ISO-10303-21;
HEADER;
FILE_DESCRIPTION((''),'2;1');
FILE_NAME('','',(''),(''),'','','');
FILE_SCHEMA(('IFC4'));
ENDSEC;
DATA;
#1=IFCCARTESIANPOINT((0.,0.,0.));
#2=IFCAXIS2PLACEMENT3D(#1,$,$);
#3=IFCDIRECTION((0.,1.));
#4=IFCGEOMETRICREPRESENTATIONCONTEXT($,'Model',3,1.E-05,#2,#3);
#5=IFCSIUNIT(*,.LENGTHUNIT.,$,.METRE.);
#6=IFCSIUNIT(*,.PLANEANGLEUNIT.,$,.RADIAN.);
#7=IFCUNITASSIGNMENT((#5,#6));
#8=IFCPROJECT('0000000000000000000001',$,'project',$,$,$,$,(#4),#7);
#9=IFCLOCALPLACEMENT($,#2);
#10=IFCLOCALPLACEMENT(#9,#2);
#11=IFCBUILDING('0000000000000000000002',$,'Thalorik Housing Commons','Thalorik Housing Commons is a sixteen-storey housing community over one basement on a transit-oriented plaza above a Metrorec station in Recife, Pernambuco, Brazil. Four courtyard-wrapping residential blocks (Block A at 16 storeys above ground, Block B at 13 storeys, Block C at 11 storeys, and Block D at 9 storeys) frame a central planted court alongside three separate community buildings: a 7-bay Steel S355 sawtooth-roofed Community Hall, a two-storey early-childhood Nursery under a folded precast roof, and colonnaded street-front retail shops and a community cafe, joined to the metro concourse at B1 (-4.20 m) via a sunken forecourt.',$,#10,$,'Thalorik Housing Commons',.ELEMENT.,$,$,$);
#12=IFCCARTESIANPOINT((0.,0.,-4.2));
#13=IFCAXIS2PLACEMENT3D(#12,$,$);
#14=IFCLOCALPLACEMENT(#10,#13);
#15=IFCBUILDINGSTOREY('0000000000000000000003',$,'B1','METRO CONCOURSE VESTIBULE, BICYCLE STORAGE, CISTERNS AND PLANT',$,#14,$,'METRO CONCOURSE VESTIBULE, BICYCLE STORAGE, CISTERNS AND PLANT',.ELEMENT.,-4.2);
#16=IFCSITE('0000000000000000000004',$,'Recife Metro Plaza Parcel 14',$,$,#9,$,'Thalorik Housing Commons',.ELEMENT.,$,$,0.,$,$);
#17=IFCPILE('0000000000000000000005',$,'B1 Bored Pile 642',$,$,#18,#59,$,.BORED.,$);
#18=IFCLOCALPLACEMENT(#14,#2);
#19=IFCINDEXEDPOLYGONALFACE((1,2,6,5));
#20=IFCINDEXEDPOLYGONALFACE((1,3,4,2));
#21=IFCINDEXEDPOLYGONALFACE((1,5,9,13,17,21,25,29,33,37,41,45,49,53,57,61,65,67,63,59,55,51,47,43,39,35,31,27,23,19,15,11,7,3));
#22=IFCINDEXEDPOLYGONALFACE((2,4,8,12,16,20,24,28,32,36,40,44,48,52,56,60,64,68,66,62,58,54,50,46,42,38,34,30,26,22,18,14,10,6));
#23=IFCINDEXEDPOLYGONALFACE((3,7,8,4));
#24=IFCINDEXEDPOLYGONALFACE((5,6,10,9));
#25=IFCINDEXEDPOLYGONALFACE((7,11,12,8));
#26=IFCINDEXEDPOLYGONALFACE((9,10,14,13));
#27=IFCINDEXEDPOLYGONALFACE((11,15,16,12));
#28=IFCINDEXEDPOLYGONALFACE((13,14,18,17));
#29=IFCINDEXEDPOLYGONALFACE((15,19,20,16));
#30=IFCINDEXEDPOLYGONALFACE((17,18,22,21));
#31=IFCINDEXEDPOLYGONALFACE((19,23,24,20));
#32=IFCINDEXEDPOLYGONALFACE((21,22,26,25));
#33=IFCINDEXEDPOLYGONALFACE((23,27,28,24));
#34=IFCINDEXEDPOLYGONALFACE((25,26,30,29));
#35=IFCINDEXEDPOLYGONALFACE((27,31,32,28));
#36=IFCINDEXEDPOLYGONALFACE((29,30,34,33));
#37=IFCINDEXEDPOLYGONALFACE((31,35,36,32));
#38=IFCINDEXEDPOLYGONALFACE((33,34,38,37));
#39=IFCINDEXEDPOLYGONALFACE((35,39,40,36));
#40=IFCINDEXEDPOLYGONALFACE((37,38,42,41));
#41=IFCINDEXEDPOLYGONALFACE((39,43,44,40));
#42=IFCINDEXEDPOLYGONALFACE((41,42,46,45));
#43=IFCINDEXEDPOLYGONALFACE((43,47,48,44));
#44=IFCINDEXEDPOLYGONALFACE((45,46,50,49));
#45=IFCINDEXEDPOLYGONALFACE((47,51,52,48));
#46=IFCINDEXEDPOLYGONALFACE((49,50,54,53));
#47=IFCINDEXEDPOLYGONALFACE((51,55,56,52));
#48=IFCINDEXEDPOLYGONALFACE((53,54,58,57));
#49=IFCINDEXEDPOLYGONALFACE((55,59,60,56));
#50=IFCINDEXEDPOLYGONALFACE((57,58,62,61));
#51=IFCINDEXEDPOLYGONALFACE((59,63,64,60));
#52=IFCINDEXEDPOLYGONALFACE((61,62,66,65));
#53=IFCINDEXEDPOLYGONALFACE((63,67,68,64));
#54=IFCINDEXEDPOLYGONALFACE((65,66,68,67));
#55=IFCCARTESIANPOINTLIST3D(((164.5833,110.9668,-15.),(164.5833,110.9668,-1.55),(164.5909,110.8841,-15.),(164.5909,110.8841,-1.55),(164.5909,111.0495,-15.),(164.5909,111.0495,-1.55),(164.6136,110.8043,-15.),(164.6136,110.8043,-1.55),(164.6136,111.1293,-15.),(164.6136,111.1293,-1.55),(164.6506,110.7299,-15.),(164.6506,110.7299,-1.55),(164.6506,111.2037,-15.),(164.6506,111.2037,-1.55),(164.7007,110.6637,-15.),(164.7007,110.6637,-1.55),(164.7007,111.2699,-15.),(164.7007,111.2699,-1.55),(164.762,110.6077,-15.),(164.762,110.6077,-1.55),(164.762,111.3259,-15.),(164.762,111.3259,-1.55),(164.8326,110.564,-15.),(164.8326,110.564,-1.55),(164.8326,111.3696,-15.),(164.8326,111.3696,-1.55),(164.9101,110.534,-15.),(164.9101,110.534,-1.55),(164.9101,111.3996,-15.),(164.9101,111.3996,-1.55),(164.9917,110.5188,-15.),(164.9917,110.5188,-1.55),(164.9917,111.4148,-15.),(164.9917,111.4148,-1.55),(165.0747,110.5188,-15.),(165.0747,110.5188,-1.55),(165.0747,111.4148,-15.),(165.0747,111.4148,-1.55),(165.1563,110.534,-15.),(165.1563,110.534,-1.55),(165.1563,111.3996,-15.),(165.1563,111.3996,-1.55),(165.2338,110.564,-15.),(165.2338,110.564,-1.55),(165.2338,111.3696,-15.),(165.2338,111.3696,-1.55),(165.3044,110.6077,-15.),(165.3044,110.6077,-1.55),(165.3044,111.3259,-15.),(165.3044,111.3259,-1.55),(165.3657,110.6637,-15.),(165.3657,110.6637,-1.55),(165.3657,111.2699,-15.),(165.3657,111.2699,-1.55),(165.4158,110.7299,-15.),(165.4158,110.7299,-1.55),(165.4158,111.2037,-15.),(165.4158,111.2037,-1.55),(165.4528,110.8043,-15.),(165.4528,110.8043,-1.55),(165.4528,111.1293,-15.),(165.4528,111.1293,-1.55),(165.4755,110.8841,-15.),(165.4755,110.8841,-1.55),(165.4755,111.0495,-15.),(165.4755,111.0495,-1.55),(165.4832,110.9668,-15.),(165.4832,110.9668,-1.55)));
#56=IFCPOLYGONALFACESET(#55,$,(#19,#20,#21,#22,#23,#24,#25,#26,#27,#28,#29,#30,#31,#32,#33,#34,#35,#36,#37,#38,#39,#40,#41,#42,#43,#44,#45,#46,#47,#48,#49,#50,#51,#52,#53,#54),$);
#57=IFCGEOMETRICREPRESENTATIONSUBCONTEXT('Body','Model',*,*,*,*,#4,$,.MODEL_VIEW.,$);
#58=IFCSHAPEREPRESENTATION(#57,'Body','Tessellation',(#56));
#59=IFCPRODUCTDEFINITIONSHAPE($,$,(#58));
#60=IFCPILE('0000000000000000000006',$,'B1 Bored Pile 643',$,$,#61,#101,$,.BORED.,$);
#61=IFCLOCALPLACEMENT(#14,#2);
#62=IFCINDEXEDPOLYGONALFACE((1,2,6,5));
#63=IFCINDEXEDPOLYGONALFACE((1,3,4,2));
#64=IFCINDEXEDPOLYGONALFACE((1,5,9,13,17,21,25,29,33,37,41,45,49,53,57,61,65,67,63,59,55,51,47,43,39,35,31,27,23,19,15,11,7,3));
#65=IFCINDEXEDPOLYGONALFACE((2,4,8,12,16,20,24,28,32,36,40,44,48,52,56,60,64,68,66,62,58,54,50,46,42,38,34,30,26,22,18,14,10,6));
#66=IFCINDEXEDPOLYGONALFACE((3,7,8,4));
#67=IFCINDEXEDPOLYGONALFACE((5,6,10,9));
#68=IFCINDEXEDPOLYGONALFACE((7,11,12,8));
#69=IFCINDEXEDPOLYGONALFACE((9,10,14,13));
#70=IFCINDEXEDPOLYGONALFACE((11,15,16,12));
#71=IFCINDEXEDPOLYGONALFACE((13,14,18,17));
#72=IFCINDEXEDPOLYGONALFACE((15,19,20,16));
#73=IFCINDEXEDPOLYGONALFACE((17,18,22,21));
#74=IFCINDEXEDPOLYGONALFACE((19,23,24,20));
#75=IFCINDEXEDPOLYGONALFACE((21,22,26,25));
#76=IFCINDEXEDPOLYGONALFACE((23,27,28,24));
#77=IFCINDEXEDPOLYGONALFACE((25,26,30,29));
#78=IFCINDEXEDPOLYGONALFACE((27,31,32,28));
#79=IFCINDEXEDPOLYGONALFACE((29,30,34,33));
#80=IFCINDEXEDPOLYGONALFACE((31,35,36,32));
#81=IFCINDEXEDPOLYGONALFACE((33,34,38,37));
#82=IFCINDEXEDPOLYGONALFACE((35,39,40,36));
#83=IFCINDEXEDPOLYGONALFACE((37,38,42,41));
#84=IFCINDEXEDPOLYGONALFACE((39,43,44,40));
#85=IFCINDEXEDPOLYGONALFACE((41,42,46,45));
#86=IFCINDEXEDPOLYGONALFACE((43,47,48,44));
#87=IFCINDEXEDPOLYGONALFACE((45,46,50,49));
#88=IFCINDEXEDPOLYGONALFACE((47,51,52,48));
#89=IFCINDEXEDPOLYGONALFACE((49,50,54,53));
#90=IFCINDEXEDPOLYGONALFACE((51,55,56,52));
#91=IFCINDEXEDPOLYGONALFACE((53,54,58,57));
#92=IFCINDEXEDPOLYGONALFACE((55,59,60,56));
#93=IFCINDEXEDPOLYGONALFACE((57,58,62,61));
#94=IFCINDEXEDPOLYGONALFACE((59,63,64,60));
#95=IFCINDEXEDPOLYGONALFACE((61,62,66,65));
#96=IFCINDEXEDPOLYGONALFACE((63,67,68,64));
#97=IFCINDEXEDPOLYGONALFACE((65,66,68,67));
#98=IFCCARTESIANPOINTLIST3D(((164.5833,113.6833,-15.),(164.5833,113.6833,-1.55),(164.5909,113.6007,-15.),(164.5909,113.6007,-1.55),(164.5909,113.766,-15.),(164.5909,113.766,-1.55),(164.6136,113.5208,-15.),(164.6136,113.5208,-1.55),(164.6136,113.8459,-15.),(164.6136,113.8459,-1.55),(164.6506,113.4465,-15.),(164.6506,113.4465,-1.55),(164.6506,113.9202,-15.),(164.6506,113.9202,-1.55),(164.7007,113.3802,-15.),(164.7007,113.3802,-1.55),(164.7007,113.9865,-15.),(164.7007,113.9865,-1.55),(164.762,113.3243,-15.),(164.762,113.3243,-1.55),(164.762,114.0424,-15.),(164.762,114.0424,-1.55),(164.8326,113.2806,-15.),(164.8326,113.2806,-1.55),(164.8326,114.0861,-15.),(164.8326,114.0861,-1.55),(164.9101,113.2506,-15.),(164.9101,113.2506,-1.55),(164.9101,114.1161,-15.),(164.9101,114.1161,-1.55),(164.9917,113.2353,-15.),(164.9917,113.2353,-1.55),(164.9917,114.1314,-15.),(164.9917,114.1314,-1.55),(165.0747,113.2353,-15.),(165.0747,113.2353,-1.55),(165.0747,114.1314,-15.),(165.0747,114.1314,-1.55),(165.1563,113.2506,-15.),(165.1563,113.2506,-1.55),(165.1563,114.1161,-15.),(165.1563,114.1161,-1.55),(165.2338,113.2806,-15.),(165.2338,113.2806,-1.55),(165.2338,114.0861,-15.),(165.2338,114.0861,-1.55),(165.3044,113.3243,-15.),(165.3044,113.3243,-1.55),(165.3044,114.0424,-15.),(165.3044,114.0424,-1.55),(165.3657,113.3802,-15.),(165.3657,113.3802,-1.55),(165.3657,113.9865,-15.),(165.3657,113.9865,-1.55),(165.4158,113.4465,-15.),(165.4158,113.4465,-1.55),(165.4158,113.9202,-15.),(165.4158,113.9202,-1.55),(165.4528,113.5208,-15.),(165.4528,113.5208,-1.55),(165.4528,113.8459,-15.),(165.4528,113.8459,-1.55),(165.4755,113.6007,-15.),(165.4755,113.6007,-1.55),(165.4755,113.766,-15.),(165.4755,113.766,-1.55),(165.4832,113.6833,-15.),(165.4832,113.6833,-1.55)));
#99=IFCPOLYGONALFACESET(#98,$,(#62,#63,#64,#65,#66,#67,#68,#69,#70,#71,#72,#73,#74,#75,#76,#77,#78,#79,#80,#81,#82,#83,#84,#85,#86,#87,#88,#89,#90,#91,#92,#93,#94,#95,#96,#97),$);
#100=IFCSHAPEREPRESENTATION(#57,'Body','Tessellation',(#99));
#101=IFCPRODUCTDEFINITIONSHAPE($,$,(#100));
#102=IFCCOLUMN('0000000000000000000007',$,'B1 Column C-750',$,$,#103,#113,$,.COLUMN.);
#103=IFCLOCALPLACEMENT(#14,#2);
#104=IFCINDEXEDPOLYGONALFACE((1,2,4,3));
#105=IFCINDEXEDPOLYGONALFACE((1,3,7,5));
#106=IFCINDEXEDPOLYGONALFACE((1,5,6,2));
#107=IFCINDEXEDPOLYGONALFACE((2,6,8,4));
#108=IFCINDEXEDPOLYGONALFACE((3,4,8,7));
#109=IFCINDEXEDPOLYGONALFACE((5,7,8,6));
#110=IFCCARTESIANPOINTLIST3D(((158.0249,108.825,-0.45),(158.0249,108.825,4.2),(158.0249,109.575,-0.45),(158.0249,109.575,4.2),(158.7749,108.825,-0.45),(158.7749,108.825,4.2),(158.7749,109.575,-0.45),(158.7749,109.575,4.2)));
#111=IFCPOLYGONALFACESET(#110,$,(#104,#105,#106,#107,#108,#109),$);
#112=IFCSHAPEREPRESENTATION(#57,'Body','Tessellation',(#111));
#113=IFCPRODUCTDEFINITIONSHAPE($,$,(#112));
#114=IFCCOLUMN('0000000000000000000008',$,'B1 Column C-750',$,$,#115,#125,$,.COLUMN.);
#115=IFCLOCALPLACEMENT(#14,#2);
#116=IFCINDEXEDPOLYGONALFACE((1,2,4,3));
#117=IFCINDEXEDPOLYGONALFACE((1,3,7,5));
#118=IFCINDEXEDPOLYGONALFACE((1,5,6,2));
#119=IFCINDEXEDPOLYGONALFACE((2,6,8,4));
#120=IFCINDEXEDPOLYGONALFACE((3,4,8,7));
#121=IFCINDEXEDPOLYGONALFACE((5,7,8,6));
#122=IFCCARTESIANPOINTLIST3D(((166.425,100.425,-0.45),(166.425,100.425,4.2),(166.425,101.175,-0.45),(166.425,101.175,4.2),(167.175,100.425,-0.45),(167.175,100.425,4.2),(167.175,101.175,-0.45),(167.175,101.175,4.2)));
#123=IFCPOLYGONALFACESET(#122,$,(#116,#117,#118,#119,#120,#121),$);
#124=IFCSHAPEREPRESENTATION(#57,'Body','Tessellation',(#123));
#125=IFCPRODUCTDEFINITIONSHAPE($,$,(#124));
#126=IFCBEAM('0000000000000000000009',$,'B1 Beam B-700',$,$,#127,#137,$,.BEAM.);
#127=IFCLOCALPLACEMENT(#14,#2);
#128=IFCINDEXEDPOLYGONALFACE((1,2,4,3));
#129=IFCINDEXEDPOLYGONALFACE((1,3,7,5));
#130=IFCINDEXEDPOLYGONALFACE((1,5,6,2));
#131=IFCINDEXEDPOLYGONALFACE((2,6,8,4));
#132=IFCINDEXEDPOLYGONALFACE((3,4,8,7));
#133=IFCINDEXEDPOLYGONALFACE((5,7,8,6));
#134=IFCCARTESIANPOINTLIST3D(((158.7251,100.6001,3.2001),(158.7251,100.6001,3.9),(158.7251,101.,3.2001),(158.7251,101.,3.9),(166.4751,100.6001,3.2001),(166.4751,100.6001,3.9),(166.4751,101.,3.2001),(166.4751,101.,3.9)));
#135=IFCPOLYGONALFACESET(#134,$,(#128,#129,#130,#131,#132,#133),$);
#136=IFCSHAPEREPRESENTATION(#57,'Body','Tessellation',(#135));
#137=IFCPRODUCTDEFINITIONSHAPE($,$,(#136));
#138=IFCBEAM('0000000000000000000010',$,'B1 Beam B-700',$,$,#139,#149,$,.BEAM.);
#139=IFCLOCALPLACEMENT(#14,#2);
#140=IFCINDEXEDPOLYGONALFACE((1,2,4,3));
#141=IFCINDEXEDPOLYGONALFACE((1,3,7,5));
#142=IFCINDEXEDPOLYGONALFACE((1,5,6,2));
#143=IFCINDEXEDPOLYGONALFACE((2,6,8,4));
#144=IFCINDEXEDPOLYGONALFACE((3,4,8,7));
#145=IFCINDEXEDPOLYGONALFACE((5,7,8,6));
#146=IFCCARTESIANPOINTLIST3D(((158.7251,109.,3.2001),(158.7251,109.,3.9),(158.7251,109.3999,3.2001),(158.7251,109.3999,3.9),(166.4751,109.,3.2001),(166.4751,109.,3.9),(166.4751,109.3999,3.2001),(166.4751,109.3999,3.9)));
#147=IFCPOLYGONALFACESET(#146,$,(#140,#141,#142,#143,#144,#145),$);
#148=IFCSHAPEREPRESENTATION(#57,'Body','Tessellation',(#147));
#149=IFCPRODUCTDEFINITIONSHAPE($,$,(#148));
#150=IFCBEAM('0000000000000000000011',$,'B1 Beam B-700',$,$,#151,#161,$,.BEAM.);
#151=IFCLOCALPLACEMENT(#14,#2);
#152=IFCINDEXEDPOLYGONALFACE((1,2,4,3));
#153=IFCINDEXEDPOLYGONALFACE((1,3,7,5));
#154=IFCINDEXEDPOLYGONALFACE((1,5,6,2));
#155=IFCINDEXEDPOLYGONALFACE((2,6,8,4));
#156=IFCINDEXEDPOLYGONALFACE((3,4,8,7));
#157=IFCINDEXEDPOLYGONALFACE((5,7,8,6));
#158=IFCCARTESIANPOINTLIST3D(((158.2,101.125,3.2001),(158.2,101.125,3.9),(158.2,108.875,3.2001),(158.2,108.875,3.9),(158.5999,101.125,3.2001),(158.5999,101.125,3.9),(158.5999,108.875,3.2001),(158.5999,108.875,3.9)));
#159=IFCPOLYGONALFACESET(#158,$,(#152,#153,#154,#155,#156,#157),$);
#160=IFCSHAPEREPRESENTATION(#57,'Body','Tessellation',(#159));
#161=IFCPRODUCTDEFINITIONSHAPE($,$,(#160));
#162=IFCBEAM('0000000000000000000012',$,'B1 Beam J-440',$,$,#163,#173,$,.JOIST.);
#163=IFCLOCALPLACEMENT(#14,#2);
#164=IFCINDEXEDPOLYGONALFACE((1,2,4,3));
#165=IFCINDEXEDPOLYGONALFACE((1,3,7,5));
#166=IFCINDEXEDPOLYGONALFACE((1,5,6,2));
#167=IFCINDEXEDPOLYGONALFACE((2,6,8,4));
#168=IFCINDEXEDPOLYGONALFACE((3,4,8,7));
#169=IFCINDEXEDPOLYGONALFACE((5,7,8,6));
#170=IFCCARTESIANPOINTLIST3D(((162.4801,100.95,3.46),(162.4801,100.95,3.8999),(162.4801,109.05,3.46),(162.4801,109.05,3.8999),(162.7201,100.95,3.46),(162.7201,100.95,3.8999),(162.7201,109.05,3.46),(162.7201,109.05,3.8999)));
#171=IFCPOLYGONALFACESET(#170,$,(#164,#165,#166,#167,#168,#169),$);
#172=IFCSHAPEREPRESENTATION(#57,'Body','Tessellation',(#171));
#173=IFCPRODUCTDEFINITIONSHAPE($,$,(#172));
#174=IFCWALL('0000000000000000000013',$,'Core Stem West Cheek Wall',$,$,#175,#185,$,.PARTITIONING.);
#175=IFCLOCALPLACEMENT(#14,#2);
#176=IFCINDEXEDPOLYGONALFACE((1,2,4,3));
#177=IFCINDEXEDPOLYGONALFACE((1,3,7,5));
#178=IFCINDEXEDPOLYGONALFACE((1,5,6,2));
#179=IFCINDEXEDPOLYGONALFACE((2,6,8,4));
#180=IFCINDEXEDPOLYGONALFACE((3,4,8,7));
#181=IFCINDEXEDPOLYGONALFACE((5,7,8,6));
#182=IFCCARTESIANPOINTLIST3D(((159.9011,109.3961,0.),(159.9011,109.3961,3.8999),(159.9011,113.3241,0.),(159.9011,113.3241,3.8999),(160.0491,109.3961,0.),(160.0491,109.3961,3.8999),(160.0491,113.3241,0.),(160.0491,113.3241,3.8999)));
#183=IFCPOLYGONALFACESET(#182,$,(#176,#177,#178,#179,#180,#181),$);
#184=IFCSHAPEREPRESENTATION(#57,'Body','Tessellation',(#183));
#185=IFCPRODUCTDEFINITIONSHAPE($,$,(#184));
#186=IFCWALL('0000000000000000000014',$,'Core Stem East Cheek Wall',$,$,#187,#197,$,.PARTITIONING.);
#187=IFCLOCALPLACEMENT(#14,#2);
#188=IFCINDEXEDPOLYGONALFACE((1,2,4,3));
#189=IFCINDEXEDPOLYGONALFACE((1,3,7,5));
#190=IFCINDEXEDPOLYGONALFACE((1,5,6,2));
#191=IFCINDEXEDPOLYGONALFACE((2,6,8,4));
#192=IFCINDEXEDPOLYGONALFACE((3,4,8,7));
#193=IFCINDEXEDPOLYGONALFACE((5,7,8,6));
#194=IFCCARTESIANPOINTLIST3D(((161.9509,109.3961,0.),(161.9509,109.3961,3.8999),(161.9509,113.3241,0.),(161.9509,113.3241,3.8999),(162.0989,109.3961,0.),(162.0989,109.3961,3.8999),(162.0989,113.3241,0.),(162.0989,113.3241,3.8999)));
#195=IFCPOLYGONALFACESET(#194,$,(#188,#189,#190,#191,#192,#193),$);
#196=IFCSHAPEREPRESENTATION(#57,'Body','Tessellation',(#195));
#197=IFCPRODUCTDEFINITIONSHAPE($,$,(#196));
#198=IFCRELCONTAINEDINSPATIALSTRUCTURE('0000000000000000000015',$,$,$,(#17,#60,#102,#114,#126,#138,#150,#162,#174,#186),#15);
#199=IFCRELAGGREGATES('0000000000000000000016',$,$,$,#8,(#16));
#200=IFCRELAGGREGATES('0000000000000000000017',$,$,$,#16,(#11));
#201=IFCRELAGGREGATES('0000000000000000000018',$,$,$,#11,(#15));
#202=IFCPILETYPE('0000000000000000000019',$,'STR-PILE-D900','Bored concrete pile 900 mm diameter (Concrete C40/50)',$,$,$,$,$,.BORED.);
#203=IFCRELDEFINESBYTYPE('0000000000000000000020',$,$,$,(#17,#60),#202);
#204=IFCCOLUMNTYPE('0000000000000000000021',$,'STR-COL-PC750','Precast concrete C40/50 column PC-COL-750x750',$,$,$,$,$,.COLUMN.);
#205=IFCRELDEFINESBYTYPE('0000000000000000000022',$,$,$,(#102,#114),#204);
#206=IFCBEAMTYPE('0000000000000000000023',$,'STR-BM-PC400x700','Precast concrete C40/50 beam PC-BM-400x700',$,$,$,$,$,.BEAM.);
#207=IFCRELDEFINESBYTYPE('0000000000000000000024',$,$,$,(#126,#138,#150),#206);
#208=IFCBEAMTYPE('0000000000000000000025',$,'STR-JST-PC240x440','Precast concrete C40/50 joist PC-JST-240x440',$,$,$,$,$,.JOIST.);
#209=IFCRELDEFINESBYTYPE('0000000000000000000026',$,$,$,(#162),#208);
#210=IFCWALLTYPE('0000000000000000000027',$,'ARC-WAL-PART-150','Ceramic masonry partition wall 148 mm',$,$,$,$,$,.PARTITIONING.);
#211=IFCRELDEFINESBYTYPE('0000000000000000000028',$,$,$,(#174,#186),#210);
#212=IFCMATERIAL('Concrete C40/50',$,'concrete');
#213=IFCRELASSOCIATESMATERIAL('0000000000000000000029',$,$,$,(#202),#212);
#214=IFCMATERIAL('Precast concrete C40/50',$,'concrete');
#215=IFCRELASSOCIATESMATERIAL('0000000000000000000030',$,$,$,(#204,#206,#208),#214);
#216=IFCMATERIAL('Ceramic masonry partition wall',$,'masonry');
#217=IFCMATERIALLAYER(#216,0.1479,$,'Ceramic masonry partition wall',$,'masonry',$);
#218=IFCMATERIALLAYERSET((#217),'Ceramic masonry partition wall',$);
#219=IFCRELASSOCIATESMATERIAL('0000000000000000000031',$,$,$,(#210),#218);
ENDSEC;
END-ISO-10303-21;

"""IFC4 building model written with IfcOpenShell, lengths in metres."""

from ifc_helpers import new_model, si_unit, direction, frame, frame_2d, origin, origin_2d, place, context, subcontext, project, spatial, rectangle, circle, extrude, material, layer, layer_set, material_profile, profile_set, type_object, element, save


model = new_model("IFC4")

# Units and contexts
model_context = context("Model", 3, precision=1e-05, world=origin(), true_north=direction((0.0, 1.0)))
body_context = subcontext(model_context, "Body", "Model", "MODEL_VIEW")
ifc_project = project(units=[si_unit("LENGTHUNIT", "METRE"), si_unit("PLANEANGLEUNIT", "RADIAN")], contexts=[model_context])

# Site, building, storey
site_placement = place(None, origin())
site = spatial("IfcSite", under=ifc_project, at=site_placement, Name="Recife Metro Plaza Parcel 14", LongName="Thalorik Housing Commons", CompositionType="ELEMENT", RefElevation=0.0)
building_placement = place(site_placement, origin())
building = spatial("IfcBuilding", under=site, at=building_placement, Name="Thalorik Housing Commons", Description="Thalorik Housing Commons is a sixteen-storey housing community over one basement on a transit-oriented plaza above a Metrorec station in Recife, Pernambuco, Brazil. Four courtyard-wrapping residential blocks (Block A at 16 storeys above ground, Block B at 13 storeys, Block C at 11 storeys, and Block D at 9 storeys) frame a central planted court alongside three separate community buildings: a 7-bay Steel S355 sawtooth-roofed Community Hall, a two-storey early-childhood Nursery under a folded precast roof, and colonnaded street-front retail shops and a community cafe, joined to the metro concourse at B1 (-4.20 m) via a sunken forecourt.", LongName="Thalorik Housing Commons", CompositionType="ELEMENT")
storey_placement = place(building_placement, frame((0.0, 0.0, -4.2)))
storey = spatial("IfcBuildingStorey", under=building, at=storey_placement, Name="B1", Description="METRO CONCOURSE VESTIBULE, BICYCLE STORAGE, CISTERNS AND PLANT", LongName="METRO CONCOURSE VESTIBULE, BICYCLE STORAGE, CISTERNS AND PLANT", CompositionType="ELEMENT", Elevation=-4.2)

# Shared definitions
ifc_material_1 = material(Name="Concrete C40/50", Category="concrete")

# Piles
ifc_material_profile_1 = material_profile(ifc_material_1, circle(Radius=0.45, at=origin_2d()), Name="BORED PILE D900", Category="concrete")
ifc_profile_set_1 = profile_set([ifc_material_profile_1], Name="Concrete C40/50")
pile_type_1 = type_object("IfcPileType", Name="STR-PILE-D900", Description="Bored concrete pile 900 mm diameter (Concrete C40/50)", PredefinedType="BORED", material=ifc_profile_set_1)
for number, where, z_axis, x_axis, name in (
    (1, (165.0332, 110.9668, -1.55), (0.0, 0.0, -1.0), (1.0, 0.0, 0.0), "B1 Bored Pile 642"),
    (2, (165.0332, 113.6833, -1.55), (0.0, 0.0, -1.0), (1.0, 0.0, 0.0), "B1 Bored Pile 643"),
):
    element("IfcPile", number, at=place(storey_placement, frame(where, z_axis=z_axis, x_axis=x_axis)), inside=storey, type_object=pile_type_1, Name=name, PredefinedType="BORED", context=body_context, shape_type="SweptSolid", body=[
        extrude(circle(Radius=0.45, at=origin_2d()), origin(), (0.0, 0.0, 1.0), 13.45),
    ])

# Columns
ifc_material_2 = material(Name="Precast concrete C40/50", Category="concrete")
ifc_material_profile_2 = material_profile(ifc_material_2, rectangle(XDim=0.75, YDim=0.75, at=origin_2d()), Name="PC 750x750", Category="concrete")
ifc_profile_set_2 = profile_set([ifc_material_profile_2], Name="Precast concrete C40/50")
column_type = type_object("IfcColumnType", Name="STR-COL-PC750", Description="Precast concrete C40/50 column PC-COL-750x750", PredefinedType="COLUMN", material=ifc_profile_set_2)
for number, where, z_axis, x_axis, name in (
    (3, (158.3999, 109.2, -0.45), (0.0, 0.0, 1.0), (1.0, 0.0, 0.0), "B1 Column C-750"),
    (4, (166.8, 100.8, -0.45), (0.0, 0.0, 1.0), (1.0, 0.0, 0.0), "B1 Column C-750"),
):
    element("IfcColumn", number, at=place(storey_placement, frame(where, z_axis=z_axis, x_axis=x_axis)), inside=storey, type_object=column_type, Name=name, PredefinedType="COLUMN", context=body_context, shape_type="SweptSolid", body=[
        extrude(rectangle(XDim=0.75, YDim=0.75, at=origin_2d()), origin(), (0.0, 0.0, 1.0), 4.6499),
    ])

# Beams
ifc_material_profile_3 = material_profile(ifc_material_2, rectangle(XDim=0.3999, YDim=0.7, at=origin_2d()), Name="PC 400x700", Category="concrete")
ifc_profile_set_3 = profile_set([ifc_material_profile_3], Name="Precast concrete C40/50")
beam_type_1 = type_object("IfcBeamType", Name="STR-BM-PC400x700", Description="Precast concrete C40/50 beam PC-BM-400x700", PredefinedType="BEAM", material=ifc_profile_set_3)
for number, where, z_axis, x_axis, name in (
    (5, (158.7251, 100.8, 3.55), (1.0, 0.0, 0.0), (0.0, 1.0, 0.0), "B1 Beam B-700"),
    (6, (158.7251, 109.2, 3.55), (1.0, 0.0, 0.0), (0.0, 1.0, 0.0), "B1 Beam B-700"),
    (7, (158.3999, 101.125, 3.55), (0.0, 1.0, 0.0), (-1.0, 0.0, 0.0), "B1 Beam B-700"),
):
    element("IfcBeam", number, at=place(storey_placement, frame(where, z_axis=z_axis, x_axis=x_axis)), inside=storey, type_object=beam_type_1, Name=name, PredefinedType="BEAM", context=body_context, shape_type="SweptSolid", body=[
        extrude(rectangle(XDim=0.3999, YDim=0.7, at=origin_2d()), origin(), (0.0, 0.0, 1.0), 7.75),
    ])
ifc_material_profile_4 = material_profile(ifc_material_2, rectangle(XDim=0.24, YDim=0.4399, at=origin_2d()), Name="PC JST 240x440", Category="concrete")
ifc_profile_set_4 = profile_set([ifc_material_profile_4], Name="Precast concrete C40/50")
beam_type_2 = type_object("IfcBeamType", Name="STR-JST-PC240x440", Description="Precast concrete C40/50 joist PC-JST-240x440", PredefinedType="JOIST", material=ifc_profile_set_4)
beam_placement = place(storey_placement, frame((162.6001, 100.95, 3.6799), z_axis=(0.0, 1.0, 0.0), x_axis=(-1.0, 0.0, 0.0)))
element("IfcBeam", 8, at=beam_placement, inside=storey, type_object=beam_type_2, Name="B1 Beam J-440", PredefinedType="JOIST", context=body_context, shape_type="SweptSolid", body=[
    extrude(rectangle(XDim=0.24, YDim=0.4399, at=origin_2d()), origin(), (0.0, 0.0, 1.0), 8.1001),
])

# Walls
ifc_material_3 = material(Name="Ceramic masonry partition wall", Category="masonry")
ifc_layer = layer(ifc_material_3, 0.1479, Name="Ceramic masonry partition wall", Category="masonry")
ifc_layer_set = layer_set([ifc_layer], Name="Ceramic masonry partition wall")
wall_type = type_object("IfcWallType", Name="ARC-WAL-PART-150", Description="Ceramic masonry partition wall 148 mm", PredefinedType="PARTITIONING", material=ifc_layer_set)
for number, where, z_axis, x_axis, name in (
    (9, (159.9751, 113.324, 0.0), (0.0, 0.0, 1.0), (0.0, -1.0, 0.0), "Core Stem West Cheek Wall"),
    (10, (162.0249, 113.324, 0.0), (0.0, 0.0, 1.0), (0.0, -1.0, 0.0), "Core Stem East Cheek Wall"),
):
    element("IfcWall", number, at=place(storey_placement, frame(where, z_axis=z_axis, x_axis=x_axis)), inside=storey, type_object=wall_type, Name=name, PredefinedType="PARTITIONING", context=body_context, shape_type="SweptSolid", body=[
        extrude(rectangle(XDim=3.928, YDim=0.1479, at=frame_2d((1.9639, 0.0))), origin(), (0.0, 0.0, 1.0), 3.8999),
    ])

save(model, "model.ifc")
